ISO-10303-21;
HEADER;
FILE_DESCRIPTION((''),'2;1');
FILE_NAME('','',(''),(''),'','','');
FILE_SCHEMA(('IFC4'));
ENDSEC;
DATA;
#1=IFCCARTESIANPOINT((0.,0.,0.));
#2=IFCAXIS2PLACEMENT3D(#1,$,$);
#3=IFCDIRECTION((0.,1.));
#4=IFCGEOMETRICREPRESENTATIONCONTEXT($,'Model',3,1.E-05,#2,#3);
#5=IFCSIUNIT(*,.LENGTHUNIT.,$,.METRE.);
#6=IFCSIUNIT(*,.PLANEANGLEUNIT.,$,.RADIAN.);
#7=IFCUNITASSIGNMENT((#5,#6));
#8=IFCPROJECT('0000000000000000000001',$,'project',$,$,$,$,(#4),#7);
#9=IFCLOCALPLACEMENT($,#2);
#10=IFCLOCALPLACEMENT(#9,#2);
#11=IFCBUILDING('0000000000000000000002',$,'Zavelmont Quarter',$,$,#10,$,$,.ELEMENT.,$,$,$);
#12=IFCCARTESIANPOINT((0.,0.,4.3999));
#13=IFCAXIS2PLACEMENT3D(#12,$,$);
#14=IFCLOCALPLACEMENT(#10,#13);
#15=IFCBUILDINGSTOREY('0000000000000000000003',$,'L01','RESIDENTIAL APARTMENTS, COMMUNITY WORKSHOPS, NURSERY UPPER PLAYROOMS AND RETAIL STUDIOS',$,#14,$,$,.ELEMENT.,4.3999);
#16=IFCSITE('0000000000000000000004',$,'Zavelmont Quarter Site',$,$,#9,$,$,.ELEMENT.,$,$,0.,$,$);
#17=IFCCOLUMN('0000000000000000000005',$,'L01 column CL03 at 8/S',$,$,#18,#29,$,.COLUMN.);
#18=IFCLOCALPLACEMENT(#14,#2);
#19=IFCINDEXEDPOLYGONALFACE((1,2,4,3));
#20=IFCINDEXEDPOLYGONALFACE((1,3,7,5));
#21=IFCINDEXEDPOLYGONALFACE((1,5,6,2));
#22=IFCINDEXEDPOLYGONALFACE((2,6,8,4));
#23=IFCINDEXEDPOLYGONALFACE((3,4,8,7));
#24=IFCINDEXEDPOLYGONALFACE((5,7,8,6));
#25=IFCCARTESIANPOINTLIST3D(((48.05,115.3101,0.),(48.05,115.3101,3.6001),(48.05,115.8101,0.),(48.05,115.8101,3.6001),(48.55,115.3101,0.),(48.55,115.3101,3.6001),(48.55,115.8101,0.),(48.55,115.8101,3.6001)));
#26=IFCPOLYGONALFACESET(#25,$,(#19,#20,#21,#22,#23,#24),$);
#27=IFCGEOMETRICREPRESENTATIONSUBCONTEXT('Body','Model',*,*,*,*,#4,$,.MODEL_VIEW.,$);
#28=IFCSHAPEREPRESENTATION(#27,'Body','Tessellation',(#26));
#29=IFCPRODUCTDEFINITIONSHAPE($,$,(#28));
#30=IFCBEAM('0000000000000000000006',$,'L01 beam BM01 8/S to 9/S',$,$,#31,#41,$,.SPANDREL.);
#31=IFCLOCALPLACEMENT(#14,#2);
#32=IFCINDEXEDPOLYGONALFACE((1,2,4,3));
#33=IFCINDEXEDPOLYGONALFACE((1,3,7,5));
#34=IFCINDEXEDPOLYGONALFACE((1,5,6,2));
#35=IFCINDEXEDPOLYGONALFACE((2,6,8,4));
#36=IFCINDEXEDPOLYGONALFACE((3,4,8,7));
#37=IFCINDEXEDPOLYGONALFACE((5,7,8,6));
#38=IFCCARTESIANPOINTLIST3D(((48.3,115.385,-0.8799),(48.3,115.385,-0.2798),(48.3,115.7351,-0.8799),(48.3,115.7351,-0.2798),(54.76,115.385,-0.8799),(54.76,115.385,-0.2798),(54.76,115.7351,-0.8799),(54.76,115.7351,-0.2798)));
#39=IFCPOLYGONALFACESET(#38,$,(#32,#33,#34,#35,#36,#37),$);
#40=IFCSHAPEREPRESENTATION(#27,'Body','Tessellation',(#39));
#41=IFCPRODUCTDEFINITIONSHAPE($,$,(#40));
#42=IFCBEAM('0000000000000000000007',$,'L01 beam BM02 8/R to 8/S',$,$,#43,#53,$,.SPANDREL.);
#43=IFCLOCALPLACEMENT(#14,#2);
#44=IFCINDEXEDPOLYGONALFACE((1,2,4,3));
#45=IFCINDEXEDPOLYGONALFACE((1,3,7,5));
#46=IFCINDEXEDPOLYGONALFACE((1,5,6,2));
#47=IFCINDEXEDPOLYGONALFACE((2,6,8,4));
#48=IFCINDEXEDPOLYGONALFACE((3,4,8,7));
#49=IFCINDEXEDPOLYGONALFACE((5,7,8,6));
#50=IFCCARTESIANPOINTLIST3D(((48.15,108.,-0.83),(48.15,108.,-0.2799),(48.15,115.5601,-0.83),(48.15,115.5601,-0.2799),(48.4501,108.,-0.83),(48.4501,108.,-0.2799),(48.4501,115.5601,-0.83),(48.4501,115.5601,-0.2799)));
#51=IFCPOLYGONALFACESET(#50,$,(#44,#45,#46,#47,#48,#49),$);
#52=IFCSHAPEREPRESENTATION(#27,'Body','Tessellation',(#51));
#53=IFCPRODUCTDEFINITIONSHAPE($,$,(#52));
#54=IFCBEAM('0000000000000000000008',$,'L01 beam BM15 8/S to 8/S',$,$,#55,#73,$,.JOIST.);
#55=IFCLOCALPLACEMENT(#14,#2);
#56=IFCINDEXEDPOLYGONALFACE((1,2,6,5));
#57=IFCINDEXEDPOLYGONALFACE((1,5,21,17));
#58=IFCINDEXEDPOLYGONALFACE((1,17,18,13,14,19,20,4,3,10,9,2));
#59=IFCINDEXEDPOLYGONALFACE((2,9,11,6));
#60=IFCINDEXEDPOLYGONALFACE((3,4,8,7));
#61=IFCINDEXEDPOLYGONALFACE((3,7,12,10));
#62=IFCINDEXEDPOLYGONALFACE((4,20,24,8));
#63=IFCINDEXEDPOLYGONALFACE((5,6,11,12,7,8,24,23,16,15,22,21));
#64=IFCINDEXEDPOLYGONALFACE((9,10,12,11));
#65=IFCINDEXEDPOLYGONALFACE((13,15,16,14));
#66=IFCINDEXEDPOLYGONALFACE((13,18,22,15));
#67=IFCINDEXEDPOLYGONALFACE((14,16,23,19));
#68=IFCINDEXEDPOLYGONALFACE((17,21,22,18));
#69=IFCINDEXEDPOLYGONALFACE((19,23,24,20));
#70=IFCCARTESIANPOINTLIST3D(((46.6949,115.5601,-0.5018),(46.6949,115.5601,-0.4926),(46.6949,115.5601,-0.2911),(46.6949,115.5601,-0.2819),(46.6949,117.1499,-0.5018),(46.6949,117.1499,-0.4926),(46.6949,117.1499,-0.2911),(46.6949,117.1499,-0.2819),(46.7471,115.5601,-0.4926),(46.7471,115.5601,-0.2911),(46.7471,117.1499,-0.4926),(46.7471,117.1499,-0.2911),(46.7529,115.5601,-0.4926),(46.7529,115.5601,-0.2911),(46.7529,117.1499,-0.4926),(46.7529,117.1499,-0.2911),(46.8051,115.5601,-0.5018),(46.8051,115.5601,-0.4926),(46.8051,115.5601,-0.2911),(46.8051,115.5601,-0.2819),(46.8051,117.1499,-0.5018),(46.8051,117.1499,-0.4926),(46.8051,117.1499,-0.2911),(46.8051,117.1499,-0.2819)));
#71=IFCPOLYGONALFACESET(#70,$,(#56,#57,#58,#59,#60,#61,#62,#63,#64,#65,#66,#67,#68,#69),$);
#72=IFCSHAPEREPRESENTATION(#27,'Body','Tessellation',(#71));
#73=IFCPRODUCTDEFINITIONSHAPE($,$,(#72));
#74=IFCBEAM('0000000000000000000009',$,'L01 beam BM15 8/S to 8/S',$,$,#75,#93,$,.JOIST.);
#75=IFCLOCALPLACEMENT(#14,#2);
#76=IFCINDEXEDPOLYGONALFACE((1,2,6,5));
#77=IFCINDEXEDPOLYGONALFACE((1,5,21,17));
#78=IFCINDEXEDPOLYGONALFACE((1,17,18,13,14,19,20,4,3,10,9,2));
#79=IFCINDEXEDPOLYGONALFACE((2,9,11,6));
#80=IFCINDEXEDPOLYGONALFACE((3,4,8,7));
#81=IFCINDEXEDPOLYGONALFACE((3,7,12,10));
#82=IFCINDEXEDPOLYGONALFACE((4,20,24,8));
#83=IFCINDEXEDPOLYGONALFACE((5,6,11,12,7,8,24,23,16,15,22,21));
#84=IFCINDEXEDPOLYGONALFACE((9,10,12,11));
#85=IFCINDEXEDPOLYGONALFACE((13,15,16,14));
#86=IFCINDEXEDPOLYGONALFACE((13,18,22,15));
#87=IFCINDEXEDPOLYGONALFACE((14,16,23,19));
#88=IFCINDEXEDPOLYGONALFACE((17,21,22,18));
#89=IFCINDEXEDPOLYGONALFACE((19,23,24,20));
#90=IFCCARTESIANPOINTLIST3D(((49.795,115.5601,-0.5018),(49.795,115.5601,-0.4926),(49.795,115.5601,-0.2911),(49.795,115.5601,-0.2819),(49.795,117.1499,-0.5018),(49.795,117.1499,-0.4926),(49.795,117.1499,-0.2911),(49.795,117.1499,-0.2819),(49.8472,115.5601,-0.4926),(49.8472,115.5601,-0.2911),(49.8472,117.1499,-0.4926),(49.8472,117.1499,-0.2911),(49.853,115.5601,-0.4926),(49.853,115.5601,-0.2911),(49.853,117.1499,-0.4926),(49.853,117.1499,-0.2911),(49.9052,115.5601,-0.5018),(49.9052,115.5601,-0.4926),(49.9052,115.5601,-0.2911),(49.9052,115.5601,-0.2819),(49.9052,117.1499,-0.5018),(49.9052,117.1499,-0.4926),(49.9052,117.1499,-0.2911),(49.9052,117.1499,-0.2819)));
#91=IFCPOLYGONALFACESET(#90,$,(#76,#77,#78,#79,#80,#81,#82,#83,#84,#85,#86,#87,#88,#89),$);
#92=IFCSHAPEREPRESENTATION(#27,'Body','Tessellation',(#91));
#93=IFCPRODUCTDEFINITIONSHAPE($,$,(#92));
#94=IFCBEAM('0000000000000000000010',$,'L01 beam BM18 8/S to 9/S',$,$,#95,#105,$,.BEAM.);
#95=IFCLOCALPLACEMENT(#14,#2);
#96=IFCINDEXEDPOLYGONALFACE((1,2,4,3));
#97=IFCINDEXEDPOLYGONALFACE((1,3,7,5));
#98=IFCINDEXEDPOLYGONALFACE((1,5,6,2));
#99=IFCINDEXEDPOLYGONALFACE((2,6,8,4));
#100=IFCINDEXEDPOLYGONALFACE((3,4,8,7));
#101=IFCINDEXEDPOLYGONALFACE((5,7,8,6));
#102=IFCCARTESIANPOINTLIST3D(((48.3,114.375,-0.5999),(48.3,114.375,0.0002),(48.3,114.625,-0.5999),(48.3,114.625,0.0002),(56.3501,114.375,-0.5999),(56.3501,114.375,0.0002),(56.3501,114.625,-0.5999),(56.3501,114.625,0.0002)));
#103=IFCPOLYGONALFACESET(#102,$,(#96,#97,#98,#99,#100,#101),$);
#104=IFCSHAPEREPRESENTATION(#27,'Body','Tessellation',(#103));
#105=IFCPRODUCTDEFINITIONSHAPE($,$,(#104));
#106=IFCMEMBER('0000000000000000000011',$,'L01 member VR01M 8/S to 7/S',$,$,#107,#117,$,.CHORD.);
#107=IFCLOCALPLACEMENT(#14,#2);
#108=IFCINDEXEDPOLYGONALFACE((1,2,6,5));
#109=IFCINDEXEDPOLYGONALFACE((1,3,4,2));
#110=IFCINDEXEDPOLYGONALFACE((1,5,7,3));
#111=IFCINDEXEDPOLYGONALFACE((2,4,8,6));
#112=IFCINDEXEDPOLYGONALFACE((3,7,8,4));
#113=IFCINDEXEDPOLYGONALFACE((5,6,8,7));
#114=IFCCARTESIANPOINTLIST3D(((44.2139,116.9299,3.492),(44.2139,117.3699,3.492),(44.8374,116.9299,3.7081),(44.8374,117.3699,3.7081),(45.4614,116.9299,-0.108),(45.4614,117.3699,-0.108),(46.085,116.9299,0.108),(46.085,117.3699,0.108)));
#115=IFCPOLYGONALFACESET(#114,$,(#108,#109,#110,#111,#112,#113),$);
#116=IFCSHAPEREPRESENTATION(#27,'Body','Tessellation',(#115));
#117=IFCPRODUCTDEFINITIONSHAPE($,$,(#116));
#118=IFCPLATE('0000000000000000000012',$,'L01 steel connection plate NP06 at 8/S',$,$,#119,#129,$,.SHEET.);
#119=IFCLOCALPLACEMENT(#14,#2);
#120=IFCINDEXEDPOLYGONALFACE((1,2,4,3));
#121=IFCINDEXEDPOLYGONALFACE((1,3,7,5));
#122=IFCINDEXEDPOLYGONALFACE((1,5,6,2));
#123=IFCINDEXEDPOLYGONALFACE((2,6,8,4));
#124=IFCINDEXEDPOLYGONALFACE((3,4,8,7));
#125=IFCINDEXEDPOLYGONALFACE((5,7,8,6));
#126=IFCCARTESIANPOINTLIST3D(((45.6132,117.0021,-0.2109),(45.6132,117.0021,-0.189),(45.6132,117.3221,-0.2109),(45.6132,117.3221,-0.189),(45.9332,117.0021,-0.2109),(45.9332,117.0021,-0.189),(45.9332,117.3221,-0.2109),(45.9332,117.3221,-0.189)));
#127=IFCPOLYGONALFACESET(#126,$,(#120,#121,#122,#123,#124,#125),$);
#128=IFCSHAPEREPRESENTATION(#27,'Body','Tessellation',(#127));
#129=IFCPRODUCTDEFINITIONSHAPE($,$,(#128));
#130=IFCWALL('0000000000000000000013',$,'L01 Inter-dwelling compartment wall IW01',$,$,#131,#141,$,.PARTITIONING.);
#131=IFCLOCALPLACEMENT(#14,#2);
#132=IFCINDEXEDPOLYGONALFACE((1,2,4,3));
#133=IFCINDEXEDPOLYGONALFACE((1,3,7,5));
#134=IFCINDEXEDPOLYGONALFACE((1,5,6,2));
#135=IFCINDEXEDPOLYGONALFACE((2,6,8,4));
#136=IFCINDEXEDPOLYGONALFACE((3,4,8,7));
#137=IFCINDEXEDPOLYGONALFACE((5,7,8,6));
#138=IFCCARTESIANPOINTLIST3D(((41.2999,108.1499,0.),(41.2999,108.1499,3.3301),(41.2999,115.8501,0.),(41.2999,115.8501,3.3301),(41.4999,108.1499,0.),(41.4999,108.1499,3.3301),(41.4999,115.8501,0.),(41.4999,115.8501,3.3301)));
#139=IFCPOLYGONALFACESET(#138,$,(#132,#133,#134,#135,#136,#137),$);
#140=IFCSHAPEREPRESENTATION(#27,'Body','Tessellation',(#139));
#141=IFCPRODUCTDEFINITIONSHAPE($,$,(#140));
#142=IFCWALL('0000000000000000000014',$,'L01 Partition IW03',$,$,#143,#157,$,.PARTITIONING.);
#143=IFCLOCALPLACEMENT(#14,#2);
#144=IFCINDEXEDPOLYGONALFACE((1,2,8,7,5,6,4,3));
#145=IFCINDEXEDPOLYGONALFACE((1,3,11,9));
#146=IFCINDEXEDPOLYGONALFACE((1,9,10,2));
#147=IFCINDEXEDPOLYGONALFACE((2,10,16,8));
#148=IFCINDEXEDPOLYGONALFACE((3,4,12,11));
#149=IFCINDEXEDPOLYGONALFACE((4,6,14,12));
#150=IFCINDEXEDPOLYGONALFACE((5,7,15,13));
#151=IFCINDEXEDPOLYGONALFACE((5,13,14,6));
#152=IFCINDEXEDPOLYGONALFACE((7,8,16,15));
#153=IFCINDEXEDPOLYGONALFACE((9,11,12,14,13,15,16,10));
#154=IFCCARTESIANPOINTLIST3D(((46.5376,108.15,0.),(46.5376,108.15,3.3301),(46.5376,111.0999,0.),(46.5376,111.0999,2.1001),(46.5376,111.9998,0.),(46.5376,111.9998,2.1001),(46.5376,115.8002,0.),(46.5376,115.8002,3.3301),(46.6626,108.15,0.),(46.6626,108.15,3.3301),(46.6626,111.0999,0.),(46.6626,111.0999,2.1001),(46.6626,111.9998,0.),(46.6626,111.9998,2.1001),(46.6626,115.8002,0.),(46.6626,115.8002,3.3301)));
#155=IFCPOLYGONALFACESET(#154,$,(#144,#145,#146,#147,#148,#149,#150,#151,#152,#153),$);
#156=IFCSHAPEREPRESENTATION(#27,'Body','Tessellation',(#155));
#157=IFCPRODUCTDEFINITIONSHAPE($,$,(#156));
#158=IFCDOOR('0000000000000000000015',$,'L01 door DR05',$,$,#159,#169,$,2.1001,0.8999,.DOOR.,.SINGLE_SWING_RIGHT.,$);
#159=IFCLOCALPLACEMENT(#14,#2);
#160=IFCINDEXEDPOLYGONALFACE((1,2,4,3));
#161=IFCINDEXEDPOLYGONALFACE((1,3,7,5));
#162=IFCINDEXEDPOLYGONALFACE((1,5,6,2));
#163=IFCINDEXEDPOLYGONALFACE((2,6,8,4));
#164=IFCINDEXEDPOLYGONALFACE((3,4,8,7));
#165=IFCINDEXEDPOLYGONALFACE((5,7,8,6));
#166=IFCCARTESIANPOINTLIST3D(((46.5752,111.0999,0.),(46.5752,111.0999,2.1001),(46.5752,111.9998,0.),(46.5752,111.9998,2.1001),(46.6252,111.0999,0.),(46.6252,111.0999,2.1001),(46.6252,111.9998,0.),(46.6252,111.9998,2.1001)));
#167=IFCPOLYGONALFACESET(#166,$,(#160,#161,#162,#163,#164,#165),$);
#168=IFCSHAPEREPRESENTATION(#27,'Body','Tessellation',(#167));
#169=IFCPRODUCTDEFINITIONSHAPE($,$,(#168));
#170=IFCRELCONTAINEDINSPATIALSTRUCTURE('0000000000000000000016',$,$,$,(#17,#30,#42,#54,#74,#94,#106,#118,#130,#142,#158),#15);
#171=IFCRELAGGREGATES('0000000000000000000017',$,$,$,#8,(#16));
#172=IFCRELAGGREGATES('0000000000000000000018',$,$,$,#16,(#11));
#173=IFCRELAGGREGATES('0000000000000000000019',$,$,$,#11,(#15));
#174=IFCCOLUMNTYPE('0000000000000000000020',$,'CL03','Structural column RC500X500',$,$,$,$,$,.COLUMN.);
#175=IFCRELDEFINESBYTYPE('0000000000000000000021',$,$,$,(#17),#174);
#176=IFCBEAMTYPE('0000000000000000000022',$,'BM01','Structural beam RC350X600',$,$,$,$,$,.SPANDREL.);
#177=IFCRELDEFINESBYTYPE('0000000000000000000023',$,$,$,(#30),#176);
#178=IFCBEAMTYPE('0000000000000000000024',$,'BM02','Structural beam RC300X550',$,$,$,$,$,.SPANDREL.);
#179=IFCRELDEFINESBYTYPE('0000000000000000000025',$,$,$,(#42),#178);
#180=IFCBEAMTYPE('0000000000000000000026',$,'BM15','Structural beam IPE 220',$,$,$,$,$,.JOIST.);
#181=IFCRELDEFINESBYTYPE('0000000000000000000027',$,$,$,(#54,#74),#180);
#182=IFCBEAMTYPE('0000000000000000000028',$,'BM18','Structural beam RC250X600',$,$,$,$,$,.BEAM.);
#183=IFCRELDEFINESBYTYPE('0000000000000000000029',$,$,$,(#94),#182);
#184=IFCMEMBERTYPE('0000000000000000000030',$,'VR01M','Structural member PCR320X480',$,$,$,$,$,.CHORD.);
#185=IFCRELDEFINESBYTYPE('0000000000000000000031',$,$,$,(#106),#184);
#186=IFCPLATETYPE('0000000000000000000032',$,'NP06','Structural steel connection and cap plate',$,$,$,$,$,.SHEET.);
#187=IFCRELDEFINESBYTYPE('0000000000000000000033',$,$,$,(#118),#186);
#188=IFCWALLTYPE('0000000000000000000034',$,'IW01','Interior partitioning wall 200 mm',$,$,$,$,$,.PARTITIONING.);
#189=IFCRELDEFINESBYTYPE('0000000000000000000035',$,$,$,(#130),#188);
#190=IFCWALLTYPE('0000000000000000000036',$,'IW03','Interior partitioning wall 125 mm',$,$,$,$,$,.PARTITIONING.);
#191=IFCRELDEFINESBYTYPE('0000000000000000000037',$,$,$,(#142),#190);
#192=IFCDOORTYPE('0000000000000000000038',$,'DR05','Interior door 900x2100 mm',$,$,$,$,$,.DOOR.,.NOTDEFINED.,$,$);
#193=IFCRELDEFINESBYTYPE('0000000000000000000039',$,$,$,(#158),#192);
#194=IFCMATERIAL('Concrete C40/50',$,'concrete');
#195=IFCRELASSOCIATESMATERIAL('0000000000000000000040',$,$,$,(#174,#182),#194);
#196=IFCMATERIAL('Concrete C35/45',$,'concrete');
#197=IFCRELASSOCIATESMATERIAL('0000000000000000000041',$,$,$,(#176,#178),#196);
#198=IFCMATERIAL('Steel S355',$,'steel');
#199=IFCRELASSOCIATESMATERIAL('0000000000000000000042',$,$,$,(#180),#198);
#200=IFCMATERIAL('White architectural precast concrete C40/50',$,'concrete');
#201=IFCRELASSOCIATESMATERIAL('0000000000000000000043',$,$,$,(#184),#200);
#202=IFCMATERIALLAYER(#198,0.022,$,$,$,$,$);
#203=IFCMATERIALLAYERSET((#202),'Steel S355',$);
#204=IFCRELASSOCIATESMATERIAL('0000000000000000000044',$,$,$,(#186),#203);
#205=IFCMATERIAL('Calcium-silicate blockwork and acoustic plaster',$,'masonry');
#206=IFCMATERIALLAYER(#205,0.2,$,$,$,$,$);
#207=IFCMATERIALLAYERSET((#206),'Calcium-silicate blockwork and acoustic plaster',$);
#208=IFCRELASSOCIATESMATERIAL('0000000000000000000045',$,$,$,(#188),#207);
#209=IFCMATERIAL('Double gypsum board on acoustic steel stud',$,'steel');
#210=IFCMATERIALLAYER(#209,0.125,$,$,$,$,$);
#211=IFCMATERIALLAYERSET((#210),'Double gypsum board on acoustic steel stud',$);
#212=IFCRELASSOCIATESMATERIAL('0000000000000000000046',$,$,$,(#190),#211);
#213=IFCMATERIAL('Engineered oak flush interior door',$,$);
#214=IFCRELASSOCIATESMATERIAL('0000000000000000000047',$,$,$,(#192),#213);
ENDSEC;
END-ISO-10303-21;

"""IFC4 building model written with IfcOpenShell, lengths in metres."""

from ifc_helpers import new_model, si_unit, direction, frame, frame_2d, origin, origin_with_axes, origin_2d, place, context, subcontext, project, spatial, rectangle, i_section, extrude, material, layer, layer_set, material_profile, profile_set, type_object, element, fill, save


model = new_model("IFC4")

# Units and contexts
model_context = context("Model", 3, precision=1e-05, world=origin(), true_north=direction((0.0, 1.0)))
body_context = subcontext(model_context, "Body", "Model", "MODEL_VIEW")
ifc_project = project(units=[si_unit("LENGTHUNIT", "METRE"), si_unit("PLANEANGLEUNIT", "RADIAN")], contexts=[model_context])

# Site, building, storey
site_placement = place(None, origin())
site = spatial("IfcSite", under=ifc_project, at=site_placement, Name="Zavelmont Quarter Site", CompositionType="ELEMENT", RefElevation=0.0)
building_placement = place(site_placement, origin())
building = spatial("IfcBuilding", under=site, at=building_placement, Name="Zavelmont Quarter", CompositionType="ELEMENT")
storey_placement = place(building_placement, frame((0.0, 0.0, 4.3999)))
storey = spatial("IfcBuildingStorey", under=building, at=storey_placement, Name="L01", Description="RESIDENTIAL APARTMENTS, COMMUNITY WORKSHOPS, NURSERY UPPER PLAYROOMS AND RETAIL STUDIOS", CompositionType="ELEMENT", Elevation=4.3999)

# Column
ifc_material_1 = material(Name="Concrete C40/50", Category="concrete")
ifc_material_profile_1 = material_profile(ifc_material_1, rectangle(XDim=0.5, YDim=0.5, at=origin_2d()), Name="RC500X500")
ifc_profile_set_1 = profile_set([ifc_material_profile_1], Name="Concrete C40/50")
column_type = type_object("IfcColumnType", Name="CL03", Description="Structural column RC500X500", PredefinedType="COLUMN", material=ifc_profile_set_1)
column_placement = place(storey_placement, frame((48.3, 115.5601, 0.0), z_axis=(0.0, 0.0, 1.0), x_axis=(1.0, 0.0, 0.0)))
element("IfcColumn", 1, at=column_placement, inside=storey, type_object=column_type, Name="L01 column CL03 at 8/S", PredefinedType="COLUMN", context=body_context, shape_type="SweptSolid", body=[
    extrude(rectangle(XDim=0.5, YDim=0.5, at=origin_2d()), origin(), (0.0, 0.0, 1.0), 3.6001),
])

# Beams
ifc_material_2 = material(Name="Concrete C35/45", Category="concrete")
ifc_material_profile_2 = material_profile(ifc_material_2, rectangle(XDim=0.3501, YDim=0.6001, at=origin_2d()), Name="RC350X600")
ifc_profile_set_2 = profile_set([ifc_material_profile_2], Name="Concrete C35/45")
beam_type_1 = type_object("IfcBeamType", Name="BM01", Description="Structural beam RC350X600", PredefinedType="SPANDREL", material=ifc_profile_set_2)
beam_1_placement = place(storey_placement, frame((48.3, 115.5601, -0.5798), z_axis=(1.0, 0.0, 0.0), x_axis=(0.0, 1.0, 0.0)))
element("IfcBeam", 2, at=beam_1_placement, inside=storey, type_object=beam_type_1, Name="L01 beam BM01 8/S to 9/S", PredefinedType="SPANDREL", context=body_context, shape_type="SweptSolid", body=[
    extrude(rectangle(XDim=0.3501, YDim=0.6001, at=origin_2d()), origin(), (0.0, 0.0, 1.0), 6.46),
])
ifc_material_profile_3 = material_profile(ifc_material_2, rectangle(XDim=0.3, YDim=0.55, at=origin_2d()), Name="RC300X550")
ifc_profile_set_3 = profile_set([ifc_material_profile_3], Name="Concrete C35/45")
beam_type_2 = type_object("IfcBeamType", Name="BM02", Description="Structural beam RC300X550", PredefinedType="SPANDREL", material=ifc_profile_set_3)
beam_2_placement = place(storey_placement, frame((48.3, 108.0, -0.5549), z_axis=(0.0, 1.0, 0.0), x_axis=(-1.0, 0.0, 0.0)))
element("IfcBeam", 3, at=beam_2_placement, inside=storey, type_object=beam_type_2, Name="L01 beam BM02 8/R to 8/S", PredefinedType="SPANDREL", context=body_context, shape_type="SweptSolid", body=[
    extrude(rectangle(XDim=0.3, YDim=0.55, at=origin_2d()), origin(), (0.0, 0.0, 1.0), 7.5601),
])
ifc_material_3 = material(Name="Steel S355", Category="steel")
ifc_material_profile_4 = material_profile(ifc_material_3, i_section(OverallWidth=0.1101, OverallDepth=0.22, WebThickness=0.0059, FlangeThickness=0.0093, at=origin_2d()), Name="IPE 220")
ifc_profile_set_4 = profile_set([ifc_material_profile_4], Name="Steel S355")
beam_type_3 = type_object("IfcBeamType", Name="BM15", Description="Structural beam IPE 220", PredefinedType="JOIST", material=ifc_profile_set_4)
for number, where, z_axis, x_axis, name in (
    (4, (46.75, 115.5601, -0.3918), (0.0, 1.0, 0.0), (-1.0, 0.0, 0.0), "L01 beam BM15 8/S to 8/S"),
    (5, (49.8501, 115.5601, -0.3918), (0.0, 1.0, 0.0), (-1.0, 0.0, 0.0), "L01 beam BM15 8/S to 8/S"),
):
    element("IfcBeam", number, at=place(storey_placement, frame(where, z_axis=z_axis, x_axis=x_axis)), inside=storey, type_object=beam_type_3, Name=name, PredefinedType="JOIST", context=body_context, shape_type="SweptSolid", body=[
        extrude(i_section(OverallWidth=0.1101, OverallDepth=0.22, WebThickness=0.0059, FlangeThickness=0.0093, at=origin_2d()), origin(), (0.0, 0.0, 1.0), 1.5898),
    ])
ifc_material_profile_5 = material_profile(ifc_material_1, rectangle(XDim=0.25, YDim=0.6001, at=origin_2d()), Name="RC250X600")
ifc_profile_set_5 = profile_set([ifc_material_profile_5], Name="Concrete C40/50")
beam_type_4 = type_object("IfcBeamType", Name="BM18", Description="Structural beam RC250X600", PredefinedType="BEAM", material=ifc_profile_set_5)
beam_3_placement = place(storey_placement, frame((48.3, 114.5, -0.2998), z_axis=(1.0, 0.0, 0.0), x_axis=(0.0, 1.0, 0.0)))
element("IfcBeam", 6, at=beam_3_placement, inside=storey, type_object=beam_type_4, Name="L01 beam BM18 8/S to 9/S", PredefinedType="BEAM", context=body_context, shape_type="SweptSolid", body=[
    extrude(rectangle(XDim=0.25, YDim=0.6001, at=origin_2d()), origin(), (0.0, 0.0, 1.0), 8.05),
])

# Member
ifc_material_4 = material(Name="White architectural precast concrete C40/50", Category="concrete")
ifc_material_profile_6 = material_profile(ifc_material_4, rectangle(XDim=0.4399, YDim=0.6599, at=origin_2d()), Name="PCR320X480")
ifc_profile_set_6 = profile_set([ifc_material_profile_6], Name="White architectural precast concrete C40/50")
member_type = type_object("IfcMemberType", Name="VR01M", Description="Structural member PCR320X480", PredefinedType="CHORD", material=ifc_profile_set_6)
member_placement = place(storey_placement, frame((45.7732, 117.1499, 0.0), z_axis=(-0.327432, 0.0, 0.944875), x_axis=(0.0, -1.0, 0.0)))
element("IfcMember", 7, at=member_placement, inside=storey, type_object=member_type, Name="L01 member VR01M 8/S to 7/S", PredefinedType="CHORD", context=body_context, shape_type="SweptSolid", body=[
    extrude(rectangle(XDim=0.4399, YDim=0.6599, at=origin_2d()), origin(), (0.0, 0.0, 1.0), 3.8101),
])

# Plate
ifc_layer_1 = layer(ifc_material_3, 0.022)
ifc_layer_set_1 = layer_set([ifc_layer_1], Name="Steel S355")
plate_type = type_object("IfcPlateType", Name="NP06", Description="Structural steel connection and cap plate", PredefinedType="SHEET", material=ifc_layer_set_1)
plate_placement = place(storey_placement, frame((45.7732, 117.1621, -0.2109), z_axis=(0.0, 0.0, 1.0), x_axis=(1.0, 0.0, 0.0)))
element("IfcPlate", 8, at=plate_placement, inside=storey, type_object=plate_type, Name="L01 steel connection plate NP06 at 8/S", PredefinedType="SHEET", context=body_context, shape_type="SweptSolid", body=[
    extrude(rectangle(XDim=0.3201, YDim=0.3201, at=origin_2d()), origin(), (0.0, 0.0, 1.0), 0.022),
])

# Wall
ifc_material_5 = material(Name="Calcium-silicate blockwork and acoustic plaster", Category="masonry")
ifc_layer_2 = layer(ifc_material_5, 0.2)
ifc_layer_set_2 = layer_set([ifc_layer_2], Name="Calcium-silicate blockwork and acoustic plaster")
wall_type_1 = type_object("IfcWallType", Name="IW01", Description="Interior partitioning wall 200 mm", PredefinedType="PARTITIONING", material=ifc_layer_set_2)
wall_1_placement = place(storey_placement, frame((41.3999, 108.1499, 0.0), z_axis=(0.0, 0.0, 1.0), x_axis=(0.0, 1.0, 0.0)))
element("IfcWall", 9, at=wall_1_placement, inside=storey, type_object=wall_type_1, Name="L01 Inter-dwelling compartment wall IW01", PredefinedType="PARTITIONING", context=body_context, shape_type="SweptSolid", body=[
    extrude(rectangle(XDim=7.7002, YDim=0.2, at=frame_2d((3.8501, 0.0))), origin(), (0.0, 0.0, 1.0), 3.3301),
])

# Wall, opening, door
ifc_material_6 = material(Name="Double gypsum board on acoustic steel stud", Category="steel")
ifc_layer_3 = layer(ifc_material_6, 0.125)
ifc_layer_set_3 = layer_set([ifc_layer_3], Name="Double gypsum board on acoustic steel stud")
wall_type_2 = type_object("IfcWallType", Name="IW03", Description="Interior partitioning wall 125 mm", PredefinedType="PARTITIONING", material=ifc_layer_set_3)
wall_2_placement = place(storey_placement, frame((46.6001, 108.1499, 0.0), z_axis=(0.0, 0.0, 1.0), x_axis=(0.0, 1.0, 0.0)))
wall_2 = element("IfcWall", 10, at=wall_2_placement, inside=storey, type_object=wall_type_2, Name="L01 Partition IW03", PredefinedType="PARTITIONING", context=body_context, shape_type="SweptSolid", body=[
    extrude(rectangle(XDim=7.6501, YDim=0.125, at=frame_2d((3.8252, 0.0))), origin(), (0.0, 0.0, 1.0), 3.3301),
])
opening_1_placement = place(wall_2_placement, frame((2.95, 0.0, 0.0)))
opening_1 = element("IfcOpeningElement", 11, at=opening_1_placement, cuts=wall_2, PredefinedType="OPENING", context=body_context, shape_type="SweptSolid", body=[
    extrude(rectangle(XDim=0.8999, YDim=2.1001, at=frame_2d((0.45, 1.05))), frame((0.0, 0.0745, 0.0), z_axis=(0.0, -1.0, 0.0), x_axis=(1.0, 0.0, 0.0)), (0.0, 0.0, 1.0), 0.1489),
])
ifc_material_7 = material(Name="Engineered oak flush interior door")
door_type_1 = type_object("IfcDoorType", Name="DR05", Description="Interior door 900x2100 mm", OperationType="NOTDEFINED", PredefinedType="DOOR", material=ifc_material_7)
door_1_placement = place(opening_1_placement, origin_with_axes())
door_1 = element("IfcDoor", 12, at=door_1_placement, inside=storey, type_object=door_type_1, Name="L01 door DR05", OperationType="SINGLE_SWING_RIGHT", OverallHeight=2.1001, OverallWidth=0.8999, PredefinedType="DOOR", context=body_context, shape_type="SweptSolid", body=[
    extrude(rectangle(XDim=0.8999, YDim=2.1001, at=frame_2d((0.45, 1.05))), frame((0.0, 0.0249, 0.0), z_axis=(0.0, -1.0, 0.0), x_axis=(1.0, 0.0, 0.0)), (0.0, 0.0, 1.0), 0.05),
])
fill(opening_1, door_1)

save(model, "model.ifc")
